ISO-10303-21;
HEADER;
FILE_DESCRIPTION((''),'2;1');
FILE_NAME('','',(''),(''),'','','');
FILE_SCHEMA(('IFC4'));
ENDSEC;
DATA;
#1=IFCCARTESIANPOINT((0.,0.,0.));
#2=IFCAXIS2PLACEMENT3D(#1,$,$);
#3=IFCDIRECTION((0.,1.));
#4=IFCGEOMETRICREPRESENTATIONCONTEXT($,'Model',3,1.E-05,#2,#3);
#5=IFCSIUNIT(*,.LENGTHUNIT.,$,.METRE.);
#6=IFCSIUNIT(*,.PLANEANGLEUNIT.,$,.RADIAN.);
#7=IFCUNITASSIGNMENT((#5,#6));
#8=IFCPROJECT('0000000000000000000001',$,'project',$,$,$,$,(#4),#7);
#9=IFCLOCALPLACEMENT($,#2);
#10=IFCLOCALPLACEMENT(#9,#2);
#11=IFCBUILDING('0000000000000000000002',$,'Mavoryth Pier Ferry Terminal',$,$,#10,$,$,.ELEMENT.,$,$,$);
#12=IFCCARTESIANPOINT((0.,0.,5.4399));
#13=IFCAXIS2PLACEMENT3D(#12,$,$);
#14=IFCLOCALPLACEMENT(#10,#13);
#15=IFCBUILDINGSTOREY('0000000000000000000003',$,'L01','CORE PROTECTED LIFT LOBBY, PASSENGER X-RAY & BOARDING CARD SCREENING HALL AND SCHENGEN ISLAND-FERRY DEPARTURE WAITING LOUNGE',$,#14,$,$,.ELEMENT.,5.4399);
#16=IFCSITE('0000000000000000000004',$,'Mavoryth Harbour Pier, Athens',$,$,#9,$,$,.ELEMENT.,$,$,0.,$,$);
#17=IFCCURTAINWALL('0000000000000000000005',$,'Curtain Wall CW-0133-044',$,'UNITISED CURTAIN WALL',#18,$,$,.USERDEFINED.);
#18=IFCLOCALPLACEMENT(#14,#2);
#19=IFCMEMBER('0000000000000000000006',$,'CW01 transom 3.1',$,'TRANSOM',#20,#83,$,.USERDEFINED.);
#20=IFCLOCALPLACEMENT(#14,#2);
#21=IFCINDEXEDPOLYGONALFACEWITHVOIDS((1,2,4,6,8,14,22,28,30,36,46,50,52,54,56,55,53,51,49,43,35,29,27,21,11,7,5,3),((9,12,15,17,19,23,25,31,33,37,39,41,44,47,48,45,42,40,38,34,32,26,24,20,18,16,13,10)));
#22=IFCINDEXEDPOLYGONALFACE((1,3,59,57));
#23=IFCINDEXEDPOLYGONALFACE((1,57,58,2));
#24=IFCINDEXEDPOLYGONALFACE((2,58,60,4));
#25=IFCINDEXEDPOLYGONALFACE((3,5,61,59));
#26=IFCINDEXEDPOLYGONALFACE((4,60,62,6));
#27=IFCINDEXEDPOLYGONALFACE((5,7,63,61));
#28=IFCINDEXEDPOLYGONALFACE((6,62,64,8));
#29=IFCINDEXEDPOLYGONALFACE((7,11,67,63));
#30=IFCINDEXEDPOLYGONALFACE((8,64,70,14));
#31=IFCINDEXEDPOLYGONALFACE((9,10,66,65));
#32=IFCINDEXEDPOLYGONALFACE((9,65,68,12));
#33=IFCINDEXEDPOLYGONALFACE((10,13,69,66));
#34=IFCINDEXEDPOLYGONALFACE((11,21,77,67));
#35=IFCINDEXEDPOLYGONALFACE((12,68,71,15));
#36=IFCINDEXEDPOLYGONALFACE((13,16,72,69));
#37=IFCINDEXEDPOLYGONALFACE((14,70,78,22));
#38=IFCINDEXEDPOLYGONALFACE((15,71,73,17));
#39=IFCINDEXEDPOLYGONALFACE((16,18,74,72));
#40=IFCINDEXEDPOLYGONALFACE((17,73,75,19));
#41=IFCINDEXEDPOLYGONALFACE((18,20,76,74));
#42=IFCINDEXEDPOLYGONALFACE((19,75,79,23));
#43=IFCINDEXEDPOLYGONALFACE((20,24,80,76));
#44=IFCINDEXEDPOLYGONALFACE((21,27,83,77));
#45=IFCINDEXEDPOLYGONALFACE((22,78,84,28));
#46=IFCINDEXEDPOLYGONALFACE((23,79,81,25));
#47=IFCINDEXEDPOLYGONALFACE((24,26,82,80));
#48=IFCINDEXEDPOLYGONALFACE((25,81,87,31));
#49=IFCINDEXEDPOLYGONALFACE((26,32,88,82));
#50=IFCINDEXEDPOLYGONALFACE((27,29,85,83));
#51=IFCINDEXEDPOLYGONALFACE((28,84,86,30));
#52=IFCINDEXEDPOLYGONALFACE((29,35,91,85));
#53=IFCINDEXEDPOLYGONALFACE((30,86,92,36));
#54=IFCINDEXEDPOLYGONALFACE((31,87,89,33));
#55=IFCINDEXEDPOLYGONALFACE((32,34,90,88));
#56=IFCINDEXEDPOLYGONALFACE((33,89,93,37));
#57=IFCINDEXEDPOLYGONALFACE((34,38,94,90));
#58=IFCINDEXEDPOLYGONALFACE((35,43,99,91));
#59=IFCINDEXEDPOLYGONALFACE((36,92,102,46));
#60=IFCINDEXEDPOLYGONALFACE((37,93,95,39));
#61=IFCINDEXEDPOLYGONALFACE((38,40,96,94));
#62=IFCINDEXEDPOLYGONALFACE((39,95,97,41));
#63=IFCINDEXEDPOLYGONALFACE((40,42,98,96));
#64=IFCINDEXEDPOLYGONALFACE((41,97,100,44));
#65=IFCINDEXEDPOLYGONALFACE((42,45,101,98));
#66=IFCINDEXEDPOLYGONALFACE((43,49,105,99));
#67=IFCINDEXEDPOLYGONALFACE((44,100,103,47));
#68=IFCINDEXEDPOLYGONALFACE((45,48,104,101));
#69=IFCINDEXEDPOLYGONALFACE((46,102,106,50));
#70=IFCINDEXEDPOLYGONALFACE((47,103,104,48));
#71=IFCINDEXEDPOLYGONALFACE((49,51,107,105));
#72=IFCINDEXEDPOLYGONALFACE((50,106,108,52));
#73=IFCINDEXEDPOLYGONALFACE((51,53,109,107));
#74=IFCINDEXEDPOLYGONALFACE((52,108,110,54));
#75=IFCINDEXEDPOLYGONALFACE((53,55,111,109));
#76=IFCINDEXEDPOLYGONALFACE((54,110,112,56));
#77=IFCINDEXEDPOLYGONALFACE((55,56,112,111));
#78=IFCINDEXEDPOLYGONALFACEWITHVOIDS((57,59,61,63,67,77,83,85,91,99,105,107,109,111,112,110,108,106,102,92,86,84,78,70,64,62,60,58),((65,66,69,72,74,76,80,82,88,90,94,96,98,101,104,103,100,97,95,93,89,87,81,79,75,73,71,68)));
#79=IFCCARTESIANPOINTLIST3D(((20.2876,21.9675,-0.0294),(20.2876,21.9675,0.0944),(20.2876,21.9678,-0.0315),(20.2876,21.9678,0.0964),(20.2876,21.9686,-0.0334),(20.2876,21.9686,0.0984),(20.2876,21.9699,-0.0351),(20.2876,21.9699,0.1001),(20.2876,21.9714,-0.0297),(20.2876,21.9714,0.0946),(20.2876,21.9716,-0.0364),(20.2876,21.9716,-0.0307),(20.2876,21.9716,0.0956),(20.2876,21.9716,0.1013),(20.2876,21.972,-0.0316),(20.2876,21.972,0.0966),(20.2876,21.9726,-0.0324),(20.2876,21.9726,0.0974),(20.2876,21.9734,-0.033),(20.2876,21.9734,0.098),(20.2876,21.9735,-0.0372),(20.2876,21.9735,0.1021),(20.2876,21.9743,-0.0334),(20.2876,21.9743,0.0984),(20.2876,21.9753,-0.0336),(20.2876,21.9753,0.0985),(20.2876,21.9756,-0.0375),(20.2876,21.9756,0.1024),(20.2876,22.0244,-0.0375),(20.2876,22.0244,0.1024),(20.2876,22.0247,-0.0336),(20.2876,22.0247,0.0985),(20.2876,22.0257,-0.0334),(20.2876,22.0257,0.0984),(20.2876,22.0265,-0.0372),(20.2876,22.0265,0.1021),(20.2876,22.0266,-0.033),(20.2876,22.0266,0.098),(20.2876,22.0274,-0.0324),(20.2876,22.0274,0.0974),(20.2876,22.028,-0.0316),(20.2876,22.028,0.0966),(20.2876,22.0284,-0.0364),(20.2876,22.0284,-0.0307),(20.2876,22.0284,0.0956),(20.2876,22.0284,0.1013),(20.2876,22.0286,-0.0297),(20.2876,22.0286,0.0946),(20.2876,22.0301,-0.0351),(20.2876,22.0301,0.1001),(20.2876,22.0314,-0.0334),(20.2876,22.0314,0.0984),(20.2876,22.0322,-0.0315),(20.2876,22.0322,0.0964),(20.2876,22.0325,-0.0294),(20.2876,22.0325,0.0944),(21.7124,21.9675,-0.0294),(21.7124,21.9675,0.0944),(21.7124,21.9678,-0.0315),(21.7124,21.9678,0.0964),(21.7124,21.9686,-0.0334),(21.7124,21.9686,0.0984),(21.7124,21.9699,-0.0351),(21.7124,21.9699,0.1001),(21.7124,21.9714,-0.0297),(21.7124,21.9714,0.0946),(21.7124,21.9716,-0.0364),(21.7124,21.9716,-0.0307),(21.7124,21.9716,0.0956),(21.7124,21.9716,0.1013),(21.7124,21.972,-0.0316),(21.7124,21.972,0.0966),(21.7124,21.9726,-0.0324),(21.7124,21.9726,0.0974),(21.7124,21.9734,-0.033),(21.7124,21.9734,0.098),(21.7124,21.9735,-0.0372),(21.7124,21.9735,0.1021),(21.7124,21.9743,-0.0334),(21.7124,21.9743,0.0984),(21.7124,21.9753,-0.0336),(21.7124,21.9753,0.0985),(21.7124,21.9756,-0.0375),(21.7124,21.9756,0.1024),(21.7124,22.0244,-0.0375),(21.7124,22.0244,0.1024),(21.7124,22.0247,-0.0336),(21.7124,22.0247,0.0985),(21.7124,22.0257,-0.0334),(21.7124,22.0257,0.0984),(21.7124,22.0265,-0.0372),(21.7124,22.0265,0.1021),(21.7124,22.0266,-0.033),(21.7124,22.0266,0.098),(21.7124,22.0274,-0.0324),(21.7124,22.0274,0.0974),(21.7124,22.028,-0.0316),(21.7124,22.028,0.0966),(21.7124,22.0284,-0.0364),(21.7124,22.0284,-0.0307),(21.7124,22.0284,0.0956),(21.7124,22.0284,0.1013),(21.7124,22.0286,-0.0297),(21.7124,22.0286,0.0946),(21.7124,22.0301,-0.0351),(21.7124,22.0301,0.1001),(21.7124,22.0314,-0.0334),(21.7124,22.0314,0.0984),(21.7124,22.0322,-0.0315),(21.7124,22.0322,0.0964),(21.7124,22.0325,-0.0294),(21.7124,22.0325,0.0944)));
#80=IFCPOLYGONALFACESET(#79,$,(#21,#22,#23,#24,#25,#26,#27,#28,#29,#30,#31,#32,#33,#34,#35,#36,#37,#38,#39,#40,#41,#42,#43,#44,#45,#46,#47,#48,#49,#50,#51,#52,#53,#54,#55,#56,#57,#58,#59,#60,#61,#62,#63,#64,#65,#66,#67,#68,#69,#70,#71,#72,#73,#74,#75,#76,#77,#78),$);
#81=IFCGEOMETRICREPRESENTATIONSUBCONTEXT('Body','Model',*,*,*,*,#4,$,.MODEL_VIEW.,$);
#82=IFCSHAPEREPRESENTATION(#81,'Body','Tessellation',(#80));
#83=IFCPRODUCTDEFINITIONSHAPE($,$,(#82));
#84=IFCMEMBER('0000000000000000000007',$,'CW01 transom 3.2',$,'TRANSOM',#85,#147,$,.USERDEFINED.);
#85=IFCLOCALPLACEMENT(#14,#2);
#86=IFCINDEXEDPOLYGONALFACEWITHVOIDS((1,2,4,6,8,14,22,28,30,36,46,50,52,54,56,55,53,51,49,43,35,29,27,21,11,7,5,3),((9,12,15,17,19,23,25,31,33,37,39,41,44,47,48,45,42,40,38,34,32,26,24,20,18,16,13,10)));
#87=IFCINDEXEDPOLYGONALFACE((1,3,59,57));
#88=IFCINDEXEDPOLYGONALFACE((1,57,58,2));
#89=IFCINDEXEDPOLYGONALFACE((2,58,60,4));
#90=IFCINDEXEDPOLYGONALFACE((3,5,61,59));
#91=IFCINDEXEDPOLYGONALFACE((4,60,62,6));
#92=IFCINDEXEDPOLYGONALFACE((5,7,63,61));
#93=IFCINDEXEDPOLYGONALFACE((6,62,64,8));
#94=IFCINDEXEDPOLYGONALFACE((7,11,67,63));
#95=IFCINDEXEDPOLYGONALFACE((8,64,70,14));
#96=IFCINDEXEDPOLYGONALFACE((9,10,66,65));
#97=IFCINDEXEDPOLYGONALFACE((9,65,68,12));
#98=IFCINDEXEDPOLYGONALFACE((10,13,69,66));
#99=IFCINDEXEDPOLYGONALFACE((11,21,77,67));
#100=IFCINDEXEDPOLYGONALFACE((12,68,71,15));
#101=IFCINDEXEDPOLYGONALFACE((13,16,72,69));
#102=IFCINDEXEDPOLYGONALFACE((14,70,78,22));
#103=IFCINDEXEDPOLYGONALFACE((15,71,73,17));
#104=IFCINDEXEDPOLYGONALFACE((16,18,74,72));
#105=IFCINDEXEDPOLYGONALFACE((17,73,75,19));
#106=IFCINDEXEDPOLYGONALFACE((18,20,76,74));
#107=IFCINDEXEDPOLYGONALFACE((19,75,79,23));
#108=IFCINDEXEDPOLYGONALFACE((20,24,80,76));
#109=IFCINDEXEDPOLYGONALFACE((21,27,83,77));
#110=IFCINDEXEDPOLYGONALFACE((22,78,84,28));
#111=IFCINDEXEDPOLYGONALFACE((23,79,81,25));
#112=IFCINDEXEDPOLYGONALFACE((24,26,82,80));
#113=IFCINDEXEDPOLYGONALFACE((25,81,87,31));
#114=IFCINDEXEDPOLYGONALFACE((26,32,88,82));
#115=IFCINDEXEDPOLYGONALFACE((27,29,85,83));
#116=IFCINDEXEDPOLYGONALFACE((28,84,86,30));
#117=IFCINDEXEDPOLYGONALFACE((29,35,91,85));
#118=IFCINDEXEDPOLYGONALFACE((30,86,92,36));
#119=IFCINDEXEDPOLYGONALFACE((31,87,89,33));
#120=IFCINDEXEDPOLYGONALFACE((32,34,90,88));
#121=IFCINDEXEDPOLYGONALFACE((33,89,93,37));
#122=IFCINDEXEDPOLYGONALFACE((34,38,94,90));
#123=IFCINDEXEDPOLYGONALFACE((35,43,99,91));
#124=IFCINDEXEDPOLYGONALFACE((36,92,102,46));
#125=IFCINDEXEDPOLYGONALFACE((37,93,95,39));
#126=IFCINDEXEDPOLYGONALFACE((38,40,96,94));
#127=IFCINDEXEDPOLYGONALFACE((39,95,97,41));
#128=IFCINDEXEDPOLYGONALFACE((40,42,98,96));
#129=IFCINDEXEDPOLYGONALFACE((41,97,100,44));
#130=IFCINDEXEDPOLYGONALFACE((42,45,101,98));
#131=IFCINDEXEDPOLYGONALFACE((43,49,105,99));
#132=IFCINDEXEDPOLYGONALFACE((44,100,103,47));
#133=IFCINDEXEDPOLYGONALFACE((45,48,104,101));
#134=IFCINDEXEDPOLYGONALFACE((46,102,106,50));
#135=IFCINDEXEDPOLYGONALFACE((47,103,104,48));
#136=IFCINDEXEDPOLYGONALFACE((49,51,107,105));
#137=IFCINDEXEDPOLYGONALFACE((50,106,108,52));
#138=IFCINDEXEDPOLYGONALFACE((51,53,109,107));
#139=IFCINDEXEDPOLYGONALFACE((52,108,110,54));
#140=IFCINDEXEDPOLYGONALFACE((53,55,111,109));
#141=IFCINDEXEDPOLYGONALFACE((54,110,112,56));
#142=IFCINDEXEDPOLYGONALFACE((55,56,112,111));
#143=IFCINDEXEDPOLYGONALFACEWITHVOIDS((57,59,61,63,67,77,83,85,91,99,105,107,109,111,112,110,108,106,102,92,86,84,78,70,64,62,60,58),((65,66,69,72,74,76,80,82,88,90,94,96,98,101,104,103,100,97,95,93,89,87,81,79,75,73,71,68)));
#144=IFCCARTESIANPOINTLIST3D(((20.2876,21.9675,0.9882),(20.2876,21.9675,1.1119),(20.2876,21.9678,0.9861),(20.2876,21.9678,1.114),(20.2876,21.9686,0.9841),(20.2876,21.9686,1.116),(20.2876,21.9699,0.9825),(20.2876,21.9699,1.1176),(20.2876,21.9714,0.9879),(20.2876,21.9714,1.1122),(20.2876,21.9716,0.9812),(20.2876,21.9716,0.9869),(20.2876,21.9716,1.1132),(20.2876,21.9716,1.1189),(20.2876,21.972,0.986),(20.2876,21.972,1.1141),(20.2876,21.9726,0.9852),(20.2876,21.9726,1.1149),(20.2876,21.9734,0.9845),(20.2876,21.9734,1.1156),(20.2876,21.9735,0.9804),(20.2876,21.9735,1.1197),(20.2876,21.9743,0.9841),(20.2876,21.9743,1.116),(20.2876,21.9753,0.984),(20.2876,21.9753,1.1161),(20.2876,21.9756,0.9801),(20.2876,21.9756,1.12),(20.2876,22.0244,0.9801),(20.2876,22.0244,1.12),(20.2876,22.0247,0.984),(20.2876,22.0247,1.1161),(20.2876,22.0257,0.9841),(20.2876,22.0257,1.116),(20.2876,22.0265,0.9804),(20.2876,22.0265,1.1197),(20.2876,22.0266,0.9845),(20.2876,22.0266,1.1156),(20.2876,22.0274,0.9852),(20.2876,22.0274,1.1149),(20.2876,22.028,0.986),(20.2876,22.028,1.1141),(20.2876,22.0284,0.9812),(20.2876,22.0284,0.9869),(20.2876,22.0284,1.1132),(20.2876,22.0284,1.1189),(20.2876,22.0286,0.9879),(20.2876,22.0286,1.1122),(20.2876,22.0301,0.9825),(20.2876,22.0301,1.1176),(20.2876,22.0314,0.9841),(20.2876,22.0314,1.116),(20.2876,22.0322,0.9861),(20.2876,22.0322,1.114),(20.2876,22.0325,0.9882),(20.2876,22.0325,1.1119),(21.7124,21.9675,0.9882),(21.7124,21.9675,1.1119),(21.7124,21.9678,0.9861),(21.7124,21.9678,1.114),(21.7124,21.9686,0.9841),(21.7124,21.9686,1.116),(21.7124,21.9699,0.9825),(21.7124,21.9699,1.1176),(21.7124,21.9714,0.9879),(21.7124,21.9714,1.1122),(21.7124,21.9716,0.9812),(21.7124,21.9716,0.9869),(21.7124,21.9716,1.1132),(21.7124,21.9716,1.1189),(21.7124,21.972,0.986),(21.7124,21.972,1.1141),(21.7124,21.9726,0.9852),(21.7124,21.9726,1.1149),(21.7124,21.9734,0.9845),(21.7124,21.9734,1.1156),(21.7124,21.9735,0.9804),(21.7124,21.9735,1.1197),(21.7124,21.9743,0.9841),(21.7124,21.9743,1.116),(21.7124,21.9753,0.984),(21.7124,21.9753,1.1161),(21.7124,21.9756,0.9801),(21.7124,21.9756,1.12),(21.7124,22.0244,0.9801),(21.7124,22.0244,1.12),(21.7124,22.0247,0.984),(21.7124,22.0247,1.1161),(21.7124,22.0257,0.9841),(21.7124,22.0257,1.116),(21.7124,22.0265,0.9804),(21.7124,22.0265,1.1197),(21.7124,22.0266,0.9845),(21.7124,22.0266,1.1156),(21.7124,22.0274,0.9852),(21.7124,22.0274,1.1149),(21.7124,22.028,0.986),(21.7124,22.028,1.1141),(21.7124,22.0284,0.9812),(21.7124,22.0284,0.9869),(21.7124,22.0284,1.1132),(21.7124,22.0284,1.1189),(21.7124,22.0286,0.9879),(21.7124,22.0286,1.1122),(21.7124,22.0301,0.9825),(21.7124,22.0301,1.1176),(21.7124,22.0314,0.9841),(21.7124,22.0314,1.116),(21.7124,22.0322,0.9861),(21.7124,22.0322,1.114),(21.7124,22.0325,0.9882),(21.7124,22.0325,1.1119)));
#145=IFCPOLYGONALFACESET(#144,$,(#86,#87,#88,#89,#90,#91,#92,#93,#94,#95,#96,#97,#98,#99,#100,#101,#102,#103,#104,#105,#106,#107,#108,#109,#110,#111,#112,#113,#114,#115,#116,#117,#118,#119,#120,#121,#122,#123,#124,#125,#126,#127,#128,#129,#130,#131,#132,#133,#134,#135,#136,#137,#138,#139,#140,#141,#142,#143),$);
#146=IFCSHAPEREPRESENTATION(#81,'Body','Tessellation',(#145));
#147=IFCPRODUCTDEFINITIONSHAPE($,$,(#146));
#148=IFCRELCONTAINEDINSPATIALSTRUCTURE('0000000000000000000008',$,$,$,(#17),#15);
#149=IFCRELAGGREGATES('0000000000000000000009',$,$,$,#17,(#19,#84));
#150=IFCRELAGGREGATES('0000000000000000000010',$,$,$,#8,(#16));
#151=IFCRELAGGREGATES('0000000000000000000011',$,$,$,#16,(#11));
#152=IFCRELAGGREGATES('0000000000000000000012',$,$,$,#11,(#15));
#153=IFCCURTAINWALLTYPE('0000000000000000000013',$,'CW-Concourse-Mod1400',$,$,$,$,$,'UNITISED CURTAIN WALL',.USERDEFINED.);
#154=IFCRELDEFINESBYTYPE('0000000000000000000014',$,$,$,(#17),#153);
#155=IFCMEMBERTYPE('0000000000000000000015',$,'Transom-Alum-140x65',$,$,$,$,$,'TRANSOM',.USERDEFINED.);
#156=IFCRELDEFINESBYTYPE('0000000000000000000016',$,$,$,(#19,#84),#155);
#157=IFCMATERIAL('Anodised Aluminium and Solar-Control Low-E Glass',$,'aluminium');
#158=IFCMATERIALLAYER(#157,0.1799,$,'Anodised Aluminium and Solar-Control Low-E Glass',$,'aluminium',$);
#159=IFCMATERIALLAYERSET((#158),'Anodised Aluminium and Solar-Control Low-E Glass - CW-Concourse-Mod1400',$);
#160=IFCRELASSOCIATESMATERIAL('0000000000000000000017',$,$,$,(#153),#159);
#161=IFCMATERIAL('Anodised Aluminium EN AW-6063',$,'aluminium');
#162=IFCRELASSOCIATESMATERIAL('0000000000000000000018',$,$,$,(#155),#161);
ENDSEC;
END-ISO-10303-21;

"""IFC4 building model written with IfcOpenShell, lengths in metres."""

from ifc_helpers import new_model, si_unit, direction, frame, origin, origin_2d, place, context, subcontext, project, spatial, hollow_rectangle, extrude, material, layer, layer_set, material_profile, profile_set, type_object, element, aggregate, save


model = new_model("IFC4")

# Units and contexts
model_context = context("Model", 3, precision=1e-05, world=origin(), true_north=direction((0.0, 1.0)))
body_context = subcontext(model_context, "Body", "Model", "MODEL_VIEW")
ifc_project = project(units=[si_unit("LENGTHUNIT", "METRE"), si_unit("PLANEANGLEUNIT", "RADIAN")], contexts=[model_context])

# Site, building, storey
site_placement = place(None, origin())
site = spatial("IfcSite", under=ifc_project, at=site_placement, Name="Mavoryth Harbour Pier, Athens", CompositionType="ELEMENT", RefElevation=0.0)
building_placement = place(site_placement, origin())
building = spatial("IfcBuilding", under=site, at=building_placement, Name="Mavoryth Pier Ferry Terminal", CompositionType="ELEMENT")
storey_placement = place(building_placement, frame((0.0, 0.0, 5.4399)))
storey = spatial("IfcBuildingStorey", under=building, at=storey_placement, Name="L01", Description="CORE PROTECTED LIFT LOBBY, PASSENGER X-RAY & BOARDING CARD SCREENING HALL AND SCHENGEN ISLAND-FERRY DEPARTURE WAITING LOUNGE", CompositionType="ELEMENT", Elevation=5.4399)

# Curtain wall
ifc_material_1 = material(Name="Anodised Aluminium and Solar-Control Low-E Glass", Category="aluminium")
ifc_layer_1 = layer(ifc_material_1, 0.1799, Name="Anodised Aluminium and Solar-Control Low-E Glass", Category="aluminium")
ifc_layer_set_1 = layer_set([ifc_layer_1], Name="Anodised Aluminium and Solar-Control Low-E Glass - CW-Concourse-Mod1400")
curtain_wall_type = type_object("IfcCurtainWallType", Name="CW-Concourse-Mod1400", ElementType="UNITISED CURTAIN WALL", PredefinedType="USERDEFINED", material=ifc_layer_set_1)
ifc_material_2 = material(Name="Anodised Aluminium EN AW-6063", Category="aluminium")
curtain_wall_1_placement = place(storey_placement, origin())
curtain_wall_1 = element("IfcCurtainWall", 1, at=curtain_wall_1_placement, inside=storey, type_object=curtain_wall_type, Name="Curtain Wall CW-0133-044", ObjectType="UNITISED CURTAIN WALL", PredefinedType="USERDEFINED")

# Members
ifc_material_profile_1 = material_profile(ifc_material_2, hollow_rectangle(XDim=0.0649, YDim=0.1399, WallThickness=0.0039, InnerFilletRadius=0.0039, OuterFilletRadius=0.0081, at=origin_2d()), Name="AL-TRAN 140x65x4", Category="aluminium")
ifc_profile_set_1 = profile_set([ifc_material_profile_1], Name="Anodised Aluminium EN AW-6063 - AL-TRAN 140x65x4")
member_type_1 = type_object("IfcMemberType", Name="Transom-Alum-140x65", ElementType="TRANSOM", PredefinedType="USERDEFINED", material=ifc_profile_set_1)
member_1_placement = place(storey_placement, frame((20.2876, 22.0, 0.0325), z_axis=(1.0, 0.0, 0.0), x_axis=(0.0, 1.0, 0.0)))
member_1 = element("IfcMember", 2, at=member_1_placement, type_object=member_type_1, Name="CW01 transom 3.1", ObjectType="TRANSOM", PredefinedType="USERDEFINED", context=body_context, shape_type="SweptSolid", body=[
    extrude(hollow_rectangle(XDim=0.0649, YDim=0.1399, WallThickness=0.0039, InnerFilletRadius=0.0039, OuterFilletRadius=0.0081, at=origin_2d()), origin(), (0.0, 0.0, 1.0), 1.4248),
])
member_2_placement = place(storey_placement, frame((20.2876, 22.0, 1.05), z_axis=(1.0, 0.0, 0.0), x_axis=(0.0, 1.0, 0.0)))
member_2 = element("IfcMember", 3, at=member_2_placement, type_object=member_type_1, Name="CW01 transom 3.2", ObjectType="TRANSOM", PredefinedType="USERDEFINED", context=body_context, shape_type="SweptSolid", body=[
    extrude(hollow_rectangle(XDim=0.0649, YDim=0.1399, WallThickness=0.0039, InnerFilletRadius=0.0039, OuterFilletRadius=0.0081, at=origin_2d()), origin(), (0.0, 0.0, 1.0), 1.4248),
])

aggregate(curtain_wall_1, [member_1, member_2])

save(model, "model.ifc")
